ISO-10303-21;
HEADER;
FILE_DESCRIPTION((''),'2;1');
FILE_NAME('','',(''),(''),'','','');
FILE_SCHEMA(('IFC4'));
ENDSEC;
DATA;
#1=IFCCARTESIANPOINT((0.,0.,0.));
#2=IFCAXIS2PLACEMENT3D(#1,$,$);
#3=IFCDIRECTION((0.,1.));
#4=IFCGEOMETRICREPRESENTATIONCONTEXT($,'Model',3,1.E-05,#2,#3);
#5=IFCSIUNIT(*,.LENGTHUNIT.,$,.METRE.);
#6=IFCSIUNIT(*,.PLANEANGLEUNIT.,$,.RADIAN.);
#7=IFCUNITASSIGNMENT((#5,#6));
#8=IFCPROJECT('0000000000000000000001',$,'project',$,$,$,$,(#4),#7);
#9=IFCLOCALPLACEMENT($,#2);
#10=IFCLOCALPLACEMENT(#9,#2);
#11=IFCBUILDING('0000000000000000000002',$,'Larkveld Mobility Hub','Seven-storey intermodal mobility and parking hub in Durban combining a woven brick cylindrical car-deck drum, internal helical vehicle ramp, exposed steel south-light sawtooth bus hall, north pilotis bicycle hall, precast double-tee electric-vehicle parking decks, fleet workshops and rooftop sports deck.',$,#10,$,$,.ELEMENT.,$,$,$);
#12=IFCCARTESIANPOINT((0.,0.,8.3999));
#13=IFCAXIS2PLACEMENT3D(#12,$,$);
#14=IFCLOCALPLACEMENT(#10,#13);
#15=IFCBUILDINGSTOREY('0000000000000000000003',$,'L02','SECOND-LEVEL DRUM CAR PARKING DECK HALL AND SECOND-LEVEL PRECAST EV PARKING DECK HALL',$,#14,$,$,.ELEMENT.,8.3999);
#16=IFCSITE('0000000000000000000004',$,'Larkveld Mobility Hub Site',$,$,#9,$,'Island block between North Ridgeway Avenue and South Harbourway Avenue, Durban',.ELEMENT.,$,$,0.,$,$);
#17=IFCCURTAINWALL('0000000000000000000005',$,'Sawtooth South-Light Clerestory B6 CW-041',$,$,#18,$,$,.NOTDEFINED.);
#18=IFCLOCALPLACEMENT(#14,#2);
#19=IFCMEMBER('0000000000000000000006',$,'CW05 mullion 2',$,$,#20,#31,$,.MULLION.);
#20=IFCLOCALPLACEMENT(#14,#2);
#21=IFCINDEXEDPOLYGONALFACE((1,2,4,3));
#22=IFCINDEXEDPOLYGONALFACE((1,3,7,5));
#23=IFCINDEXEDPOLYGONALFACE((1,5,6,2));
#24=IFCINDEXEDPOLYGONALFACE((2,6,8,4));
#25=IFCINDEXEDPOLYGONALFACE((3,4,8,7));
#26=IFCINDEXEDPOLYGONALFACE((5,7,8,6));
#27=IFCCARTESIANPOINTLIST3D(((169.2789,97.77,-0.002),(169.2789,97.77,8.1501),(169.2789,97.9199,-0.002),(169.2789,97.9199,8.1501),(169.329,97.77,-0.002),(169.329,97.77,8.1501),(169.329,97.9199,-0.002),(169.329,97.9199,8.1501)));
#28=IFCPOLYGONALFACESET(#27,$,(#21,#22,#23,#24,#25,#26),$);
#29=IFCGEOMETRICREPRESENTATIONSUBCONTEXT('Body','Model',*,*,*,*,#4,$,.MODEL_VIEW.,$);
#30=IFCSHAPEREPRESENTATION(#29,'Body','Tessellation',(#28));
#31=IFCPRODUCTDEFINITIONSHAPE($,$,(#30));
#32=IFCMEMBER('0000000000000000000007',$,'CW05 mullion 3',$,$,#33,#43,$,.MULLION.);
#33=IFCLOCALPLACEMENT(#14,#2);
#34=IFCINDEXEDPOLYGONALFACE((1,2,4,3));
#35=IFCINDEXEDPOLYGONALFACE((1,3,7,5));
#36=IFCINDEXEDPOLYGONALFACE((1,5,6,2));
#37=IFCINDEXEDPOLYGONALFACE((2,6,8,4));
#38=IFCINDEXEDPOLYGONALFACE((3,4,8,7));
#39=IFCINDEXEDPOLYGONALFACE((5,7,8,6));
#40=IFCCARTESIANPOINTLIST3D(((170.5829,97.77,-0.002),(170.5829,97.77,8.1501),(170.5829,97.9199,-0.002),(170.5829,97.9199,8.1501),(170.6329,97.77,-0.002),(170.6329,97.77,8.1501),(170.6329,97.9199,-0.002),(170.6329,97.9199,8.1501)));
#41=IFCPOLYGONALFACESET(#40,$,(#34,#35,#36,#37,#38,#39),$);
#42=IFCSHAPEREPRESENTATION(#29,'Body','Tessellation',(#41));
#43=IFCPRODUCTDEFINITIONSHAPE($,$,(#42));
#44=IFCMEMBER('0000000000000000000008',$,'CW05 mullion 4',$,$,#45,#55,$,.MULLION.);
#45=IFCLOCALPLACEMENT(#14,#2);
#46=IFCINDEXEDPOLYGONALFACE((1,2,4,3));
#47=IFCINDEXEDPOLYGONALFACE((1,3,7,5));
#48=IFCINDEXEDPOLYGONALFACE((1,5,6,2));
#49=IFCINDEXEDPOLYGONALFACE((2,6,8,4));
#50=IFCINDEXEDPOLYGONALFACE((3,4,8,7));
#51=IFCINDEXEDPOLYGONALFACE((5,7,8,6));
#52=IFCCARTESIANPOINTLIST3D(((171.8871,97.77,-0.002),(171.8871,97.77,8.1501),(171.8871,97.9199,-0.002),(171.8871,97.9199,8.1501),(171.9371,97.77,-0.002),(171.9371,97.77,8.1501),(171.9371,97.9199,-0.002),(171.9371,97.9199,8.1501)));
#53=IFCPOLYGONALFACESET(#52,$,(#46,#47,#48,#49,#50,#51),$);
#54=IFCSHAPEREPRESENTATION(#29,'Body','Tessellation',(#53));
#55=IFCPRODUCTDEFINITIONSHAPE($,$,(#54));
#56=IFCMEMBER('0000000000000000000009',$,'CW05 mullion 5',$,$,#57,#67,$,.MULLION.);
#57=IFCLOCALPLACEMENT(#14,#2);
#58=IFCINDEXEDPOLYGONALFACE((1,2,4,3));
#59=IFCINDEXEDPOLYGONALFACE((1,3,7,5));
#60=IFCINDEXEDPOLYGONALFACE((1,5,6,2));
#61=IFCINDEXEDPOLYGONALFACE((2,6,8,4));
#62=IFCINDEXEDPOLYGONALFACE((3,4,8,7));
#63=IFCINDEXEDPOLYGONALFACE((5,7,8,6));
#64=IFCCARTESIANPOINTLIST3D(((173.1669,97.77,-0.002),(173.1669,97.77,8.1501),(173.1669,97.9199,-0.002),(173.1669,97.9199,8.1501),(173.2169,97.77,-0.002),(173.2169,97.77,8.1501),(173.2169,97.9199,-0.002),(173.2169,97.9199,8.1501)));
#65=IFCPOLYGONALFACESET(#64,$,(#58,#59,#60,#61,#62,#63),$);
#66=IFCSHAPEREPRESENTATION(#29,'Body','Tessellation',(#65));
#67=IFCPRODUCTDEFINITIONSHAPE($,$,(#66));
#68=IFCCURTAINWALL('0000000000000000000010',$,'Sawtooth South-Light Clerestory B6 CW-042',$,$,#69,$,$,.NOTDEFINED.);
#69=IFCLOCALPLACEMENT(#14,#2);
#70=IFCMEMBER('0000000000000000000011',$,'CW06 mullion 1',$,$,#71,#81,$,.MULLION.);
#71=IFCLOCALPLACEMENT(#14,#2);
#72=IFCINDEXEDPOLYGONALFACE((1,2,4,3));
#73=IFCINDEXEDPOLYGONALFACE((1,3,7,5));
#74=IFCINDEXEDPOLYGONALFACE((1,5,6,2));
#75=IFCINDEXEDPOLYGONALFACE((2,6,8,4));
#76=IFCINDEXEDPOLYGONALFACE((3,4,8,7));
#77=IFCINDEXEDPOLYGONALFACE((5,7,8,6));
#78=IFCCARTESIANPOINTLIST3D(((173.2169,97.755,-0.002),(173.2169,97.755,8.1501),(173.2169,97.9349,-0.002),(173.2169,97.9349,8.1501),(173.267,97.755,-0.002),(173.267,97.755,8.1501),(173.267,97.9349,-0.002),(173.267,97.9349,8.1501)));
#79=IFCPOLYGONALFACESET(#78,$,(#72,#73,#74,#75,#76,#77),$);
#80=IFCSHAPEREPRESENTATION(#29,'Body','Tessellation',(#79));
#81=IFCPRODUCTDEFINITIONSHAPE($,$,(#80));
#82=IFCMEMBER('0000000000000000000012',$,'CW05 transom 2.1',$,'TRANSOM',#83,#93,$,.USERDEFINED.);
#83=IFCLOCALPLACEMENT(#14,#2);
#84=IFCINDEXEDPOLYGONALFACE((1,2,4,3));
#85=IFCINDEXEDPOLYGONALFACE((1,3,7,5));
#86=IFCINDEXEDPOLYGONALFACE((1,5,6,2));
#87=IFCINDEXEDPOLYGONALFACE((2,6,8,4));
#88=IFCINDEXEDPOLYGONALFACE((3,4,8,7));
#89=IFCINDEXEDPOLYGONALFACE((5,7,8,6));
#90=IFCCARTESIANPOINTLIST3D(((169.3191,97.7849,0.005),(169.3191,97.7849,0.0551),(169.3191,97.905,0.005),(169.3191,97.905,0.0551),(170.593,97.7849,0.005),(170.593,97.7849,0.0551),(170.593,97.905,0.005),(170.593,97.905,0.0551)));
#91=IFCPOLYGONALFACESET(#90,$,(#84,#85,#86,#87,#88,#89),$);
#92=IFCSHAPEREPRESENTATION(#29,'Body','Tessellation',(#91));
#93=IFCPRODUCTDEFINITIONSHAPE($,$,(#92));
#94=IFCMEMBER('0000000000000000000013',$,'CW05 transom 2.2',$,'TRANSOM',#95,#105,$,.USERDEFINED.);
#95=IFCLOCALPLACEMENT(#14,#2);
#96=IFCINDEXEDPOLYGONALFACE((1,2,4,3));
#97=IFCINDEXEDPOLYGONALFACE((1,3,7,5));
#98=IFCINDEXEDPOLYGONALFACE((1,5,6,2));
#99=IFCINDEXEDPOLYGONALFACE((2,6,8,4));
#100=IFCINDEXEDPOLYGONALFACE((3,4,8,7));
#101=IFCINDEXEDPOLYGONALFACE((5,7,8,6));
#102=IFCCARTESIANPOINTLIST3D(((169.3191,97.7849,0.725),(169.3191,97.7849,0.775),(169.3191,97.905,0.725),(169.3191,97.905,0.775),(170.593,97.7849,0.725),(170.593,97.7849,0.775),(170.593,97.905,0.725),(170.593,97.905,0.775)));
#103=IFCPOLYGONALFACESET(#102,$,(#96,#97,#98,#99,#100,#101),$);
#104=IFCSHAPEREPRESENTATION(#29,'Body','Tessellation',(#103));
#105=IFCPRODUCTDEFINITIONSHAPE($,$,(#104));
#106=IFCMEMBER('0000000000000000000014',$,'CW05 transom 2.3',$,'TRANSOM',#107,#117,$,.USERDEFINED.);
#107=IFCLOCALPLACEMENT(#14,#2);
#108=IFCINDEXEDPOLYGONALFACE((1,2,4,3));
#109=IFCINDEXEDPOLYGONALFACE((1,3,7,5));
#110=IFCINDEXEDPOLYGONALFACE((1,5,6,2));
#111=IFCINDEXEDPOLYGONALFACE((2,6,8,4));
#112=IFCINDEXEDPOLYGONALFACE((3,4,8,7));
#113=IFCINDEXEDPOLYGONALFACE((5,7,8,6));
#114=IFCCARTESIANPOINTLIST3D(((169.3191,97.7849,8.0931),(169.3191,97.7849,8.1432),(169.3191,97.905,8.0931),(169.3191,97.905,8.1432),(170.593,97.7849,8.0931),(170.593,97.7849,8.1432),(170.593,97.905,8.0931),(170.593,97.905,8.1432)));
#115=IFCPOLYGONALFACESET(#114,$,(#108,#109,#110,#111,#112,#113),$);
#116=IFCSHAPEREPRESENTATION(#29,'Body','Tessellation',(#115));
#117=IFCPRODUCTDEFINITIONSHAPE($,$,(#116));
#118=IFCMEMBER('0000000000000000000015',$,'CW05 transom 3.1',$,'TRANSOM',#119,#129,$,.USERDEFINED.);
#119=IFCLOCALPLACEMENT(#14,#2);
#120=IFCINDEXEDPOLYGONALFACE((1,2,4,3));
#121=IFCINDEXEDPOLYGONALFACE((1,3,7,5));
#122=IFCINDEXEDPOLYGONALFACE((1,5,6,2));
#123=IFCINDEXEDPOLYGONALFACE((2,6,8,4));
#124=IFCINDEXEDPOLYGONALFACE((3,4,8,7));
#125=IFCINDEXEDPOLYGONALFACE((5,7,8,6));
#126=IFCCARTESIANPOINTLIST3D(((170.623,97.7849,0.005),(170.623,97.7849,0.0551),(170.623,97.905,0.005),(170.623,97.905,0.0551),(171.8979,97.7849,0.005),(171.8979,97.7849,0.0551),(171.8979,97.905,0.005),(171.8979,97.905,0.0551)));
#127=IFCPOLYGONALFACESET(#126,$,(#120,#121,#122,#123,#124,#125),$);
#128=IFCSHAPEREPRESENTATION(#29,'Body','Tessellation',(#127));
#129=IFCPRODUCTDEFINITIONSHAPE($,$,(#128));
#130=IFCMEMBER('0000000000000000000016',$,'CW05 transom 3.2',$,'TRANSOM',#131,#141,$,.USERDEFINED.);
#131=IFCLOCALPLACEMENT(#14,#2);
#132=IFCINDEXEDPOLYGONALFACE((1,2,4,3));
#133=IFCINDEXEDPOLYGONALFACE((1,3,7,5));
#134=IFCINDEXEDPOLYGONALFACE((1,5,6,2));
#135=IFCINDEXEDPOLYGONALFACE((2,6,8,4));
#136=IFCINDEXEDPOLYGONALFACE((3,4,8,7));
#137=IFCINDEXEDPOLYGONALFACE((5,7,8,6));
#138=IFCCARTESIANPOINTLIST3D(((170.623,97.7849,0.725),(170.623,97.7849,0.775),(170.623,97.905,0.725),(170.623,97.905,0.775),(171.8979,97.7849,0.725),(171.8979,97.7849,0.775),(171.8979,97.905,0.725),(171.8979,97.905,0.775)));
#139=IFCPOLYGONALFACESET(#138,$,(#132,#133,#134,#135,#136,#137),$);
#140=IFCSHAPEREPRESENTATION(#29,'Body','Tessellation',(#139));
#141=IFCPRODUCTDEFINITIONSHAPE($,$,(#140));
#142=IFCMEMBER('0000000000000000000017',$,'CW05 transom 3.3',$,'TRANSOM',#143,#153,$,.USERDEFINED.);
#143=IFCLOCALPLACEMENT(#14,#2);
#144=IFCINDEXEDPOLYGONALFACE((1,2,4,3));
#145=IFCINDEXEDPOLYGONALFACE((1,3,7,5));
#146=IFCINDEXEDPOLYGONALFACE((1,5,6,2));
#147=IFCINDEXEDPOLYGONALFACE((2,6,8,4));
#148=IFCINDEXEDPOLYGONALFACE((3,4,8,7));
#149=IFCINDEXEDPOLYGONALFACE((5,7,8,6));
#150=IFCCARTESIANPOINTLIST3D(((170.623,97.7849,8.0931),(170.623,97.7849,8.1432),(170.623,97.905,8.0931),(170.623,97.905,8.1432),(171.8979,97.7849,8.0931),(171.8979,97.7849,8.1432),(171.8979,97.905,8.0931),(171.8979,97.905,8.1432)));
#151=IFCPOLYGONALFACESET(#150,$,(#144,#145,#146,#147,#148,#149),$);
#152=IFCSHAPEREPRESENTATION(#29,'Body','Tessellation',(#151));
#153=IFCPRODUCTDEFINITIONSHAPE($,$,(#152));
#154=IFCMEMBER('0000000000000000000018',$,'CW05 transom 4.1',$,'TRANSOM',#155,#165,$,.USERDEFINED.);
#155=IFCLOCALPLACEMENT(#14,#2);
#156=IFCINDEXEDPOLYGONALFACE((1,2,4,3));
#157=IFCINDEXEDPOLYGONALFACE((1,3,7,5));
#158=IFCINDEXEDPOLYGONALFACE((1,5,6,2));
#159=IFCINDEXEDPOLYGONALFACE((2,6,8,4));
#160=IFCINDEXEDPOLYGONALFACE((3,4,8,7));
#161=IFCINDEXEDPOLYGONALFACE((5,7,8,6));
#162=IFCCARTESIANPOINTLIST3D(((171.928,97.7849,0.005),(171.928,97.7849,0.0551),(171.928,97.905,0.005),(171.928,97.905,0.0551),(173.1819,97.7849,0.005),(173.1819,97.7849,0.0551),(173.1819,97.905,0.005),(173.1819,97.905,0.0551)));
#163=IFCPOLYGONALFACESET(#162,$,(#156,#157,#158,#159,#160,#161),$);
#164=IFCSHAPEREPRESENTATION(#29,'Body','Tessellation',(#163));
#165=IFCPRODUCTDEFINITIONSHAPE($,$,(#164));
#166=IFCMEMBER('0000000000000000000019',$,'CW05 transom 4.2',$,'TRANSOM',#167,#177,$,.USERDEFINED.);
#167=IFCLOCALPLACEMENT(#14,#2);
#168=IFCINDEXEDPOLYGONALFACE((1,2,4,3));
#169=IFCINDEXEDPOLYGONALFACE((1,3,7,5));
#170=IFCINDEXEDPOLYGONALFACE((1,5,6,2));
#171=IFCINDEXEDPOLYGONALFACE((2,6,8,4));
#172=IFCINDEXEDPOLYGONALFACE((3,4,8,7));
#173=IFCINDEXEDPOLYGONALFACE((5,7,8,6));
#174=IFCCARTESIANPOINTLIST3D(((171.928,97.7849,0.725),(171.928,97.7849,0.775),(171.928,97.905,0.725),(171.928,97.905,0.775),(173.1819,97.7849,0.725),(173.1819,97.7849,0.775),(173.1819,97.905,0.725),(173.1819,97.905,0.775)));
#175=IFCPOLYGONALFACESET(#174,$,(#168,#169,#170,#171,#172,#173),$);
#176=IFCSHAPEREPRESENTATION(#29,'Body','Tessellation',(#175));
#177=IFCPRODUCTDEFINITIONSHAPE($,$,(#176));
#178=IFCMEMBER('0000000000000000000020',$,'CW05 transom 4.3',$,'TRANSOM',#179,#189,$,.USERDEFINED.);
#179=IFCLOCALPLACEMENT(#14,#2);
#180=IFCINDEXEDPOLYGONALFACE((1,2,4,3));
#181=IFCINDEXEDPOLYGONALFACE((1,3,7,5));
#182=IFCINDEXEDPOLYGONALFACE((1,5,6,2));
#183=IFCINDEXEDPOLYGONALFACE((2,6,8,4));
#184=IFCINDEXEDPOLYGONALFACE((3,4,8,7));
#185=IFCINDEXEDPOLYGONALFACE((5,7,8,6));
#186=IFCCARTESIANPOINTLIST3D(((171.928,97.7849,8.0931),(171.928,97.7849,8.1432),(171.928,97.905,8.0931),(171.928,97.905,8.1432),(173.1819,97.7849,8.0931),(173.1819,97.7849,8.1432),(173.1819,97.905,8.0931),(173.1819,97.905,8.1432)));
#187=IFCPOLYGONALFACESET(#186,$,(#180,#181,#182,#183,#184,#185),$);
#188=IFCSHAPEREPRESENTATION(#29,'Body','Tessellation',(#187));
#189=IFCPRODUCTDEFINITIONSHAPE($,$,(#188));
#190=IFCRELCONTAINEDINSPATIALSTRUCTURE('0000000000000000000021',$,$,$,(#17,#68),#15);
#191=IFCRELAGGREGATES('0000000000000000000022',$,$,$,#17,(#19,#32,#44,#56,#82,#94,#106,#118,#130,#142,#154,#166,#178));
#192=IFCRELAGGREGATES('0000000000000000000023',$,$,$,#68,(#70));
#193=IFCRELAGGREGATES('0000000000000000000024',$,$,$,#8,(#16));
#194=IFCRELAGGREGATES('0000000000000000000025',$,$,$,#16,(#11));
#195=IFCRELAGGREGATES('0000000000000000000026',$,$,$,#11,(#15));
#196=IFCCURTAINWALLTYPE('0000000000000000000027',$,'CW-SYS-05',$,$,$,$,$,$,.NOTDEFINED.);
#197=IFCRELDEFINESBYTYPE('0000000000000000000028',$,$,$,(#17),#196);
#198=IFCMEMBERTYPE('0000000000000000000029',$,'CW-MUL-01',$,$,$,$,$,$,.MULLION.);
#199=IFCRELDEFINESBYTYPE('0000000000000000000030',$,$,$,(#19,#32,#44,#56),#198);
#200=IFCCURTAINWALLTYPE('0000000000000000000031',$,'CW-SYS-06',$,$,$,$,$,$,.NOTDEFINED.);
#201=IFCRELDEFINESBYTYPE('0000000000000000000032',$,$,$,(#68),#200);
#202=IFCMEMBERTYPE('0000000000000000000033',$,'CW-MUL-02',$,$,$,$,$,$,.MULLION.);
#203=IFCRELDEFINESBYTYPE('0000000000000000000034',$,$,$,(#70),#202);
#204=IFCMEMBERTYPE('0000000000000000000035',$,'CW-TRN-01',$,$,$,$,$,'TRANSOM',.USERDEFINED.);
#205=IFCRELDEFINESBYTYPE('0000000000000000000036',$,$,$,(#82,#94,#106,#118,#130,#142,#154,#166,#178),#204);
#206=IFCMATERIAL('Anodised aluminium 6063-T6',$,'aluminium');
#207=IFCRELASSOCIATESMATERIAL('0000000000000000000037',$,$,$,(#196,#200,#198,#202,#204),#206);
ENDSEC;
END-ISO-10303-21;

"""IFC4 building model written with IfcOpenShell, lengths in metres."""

from ifc_helpers import new_model, si_unit, direction, frame, origin, origin_2d, place, context, subcontext, project, spatial, rectangle, extrude, material, material_profile, profile_set, type_object, element, aggregate, save


model = new_model("IFC4")

# Units and contexts
model_context = context("Model", 3, precision=1e-05, world=origin(), true_north=direction((0.0, 1.0)))
body_context = subcontext(model_context, "Body", "Model", "MODEL_VIEW")
ifc_project = project(units=[si_unit("LENGTHUNIT", "METRE"), si_unit("PLANEANGLEUNIT", "RADIAN")], contexts=[model_context])

# Site, building, storey
site_placement = place(None, origin())
site = spatial("IfcSite", under=ifc_project, at=site_placement, Name="Larkveld Mobility Hub Site", LongName="Island block between North Ridgeway Avenue and South Harbourway Avenue, Durban", CompositionType="ELEMENT", RefElevation=0.0)
building_placement = place(site_placement, origin())
building = spatial("IfcBuilding", under=site, at=building_placement, Name="Larkveld Mobility Hub", Description="Seven-storey intermodal mobility and parking hub in Durban combining a woven brick cylindrical car-deck drum, internal helical vehicle ramp, exposed steel south-light sawtooth bus hall, north pilotis bicycle hall, precast double-tee electric-vehicle parking decks, fleet workshops and rooftop sports deck.", CompositionType="ELEMENT")
storey_placement = place(building_placement, frame((0.0, 0.0, 8.3999)))
storey = spatial("IfcBuildingStorey", under=building, at=storey_placement, Name="L02", Description="SECOND-LEVEL DRUM CAR PARKING DECK HALL AND SECOND-LEVEL PRECAST EV PARKING DECK HALL", CompositionType="ELEMENT", Elevation=8.3999)

# Curtain wall, members
ifc_material_1 = material(Name="Anodised aluminium 6063-T6", Category="aluminium")
curtain_wall_type_1 = type_object("IfcCurtainWallType", Name="CW-SYS-05", PredefinedType="NOTDEFINED", material=ifc_material_1)
curtain_wall_1_placement = place(storey_placement, origin())
curtain_wall_1 = element("IfcCurtainWall", 1, at=curtain_wall_1_placement, inside=storey, type_object=curtain_wall_type_1, Name="Sawtooth South-Light Clerestory B6 CW-041", PredefinedType="NOTDEFINED")
ifc_material_profile_1 = material_profile(ifc_material_1, rectangle(XDim=0.05, YDim=0.1499, at=origin_2d()), Name="ALU MULL 50x150")
ifc_profile_set_1 = profile_set([ifc_material_profile_1], Name="Anodised aluminium 6063-T6")
member_type_1 = type_object("IfcMemberType", Name="CW-MUL-01", PredefinedType="MULLION", material=ifc_profile_set_1)
member_1_placement = place(storey_placement, frame((169.304, 97.845, -0.002), z_axis=(0.0, 0.0, 1.0), x_axis=(1.0, 0.0, 0.0)))
member_1 = element("IfcMember", 2, at=member_1_placement, type_object=member_type_1, Name="CW05 mullion 2", PredefinedType="MULLION", context=body_context, shape_type="SweptSolid", body=[
    extrude(rectangle(XDim=0.05, YDim=0.1499, at=origin_2d()), origin(), (0.0, 0.0, 1.0), 8.1521),
])
member_2_placement = place(storey_placement, frame((170.6079, 97.845, -0.002), z_axis=(0.0, 0.0, 1.0), x_axis=(1.0, 0.0, 0.0)))
member_2 = element("IfcMember", 3, at=member_2_placement, type_object=member_type_1, Name="CW05 mullion 3", PredefinedType="MULLION", context=body_context, shape_type="SweptSolid", body=[
    extrude(rectangle(XDim=0.05, YDim=0.1499, at=origin_2d()), origin(), (0.0, 0.0, 1.0), 8.1521),
])
member_3_placement = place(storey_placement, frame((171.9121, 97.845, -0.002), z_axis=(0.0, 0.0, 1.0), x_axis=(1.0, 0.0, 0.0)))
member_3 = element("IfcMember", 4, at=member_3_placement, type_object=member_type_1, Name="CW05 mullion 4", PredefinedType="MULLION", context=body_context, shape_type="SweptSolid", body=[
    extrude(rectangle(XDim=0.05, YDim=0.1499, at=origin_2d()), origin(), (0.0, 0.0, 1.0), 8.1521),
])
member_4_placement = place(storey_placement, frame((173.1919, 97.845, -0.002), z_axis=(0.0, 0.0, 1.0), x_axis=(1.0, 0.0, 0.0)))
member_4 = element("IfcMember", 5, at=member_4_placement, type_object=member_type_1, Name="CW05 mullion 5", PredefinedType="MULLION", context=body_context, shape_type="SweptSolid", body=[
    extrude(rectangle(XDim=0.05, YDim=0.1499, at=origin_2d()), origin(), (0.0, 0.0, 1.0), 8.1521),
])

# Curtain wall, member
curtain_wall_type_2 = type_object("IfcCurtainWallType", Name="CW-SYS-06", PredefinedType="NOTDEFINED", material=ifc_material_1)
curtain_wall_2_placement = place(storey_placement, origin())
curtain_wall_2 = element("IfcCurtainWall", 6, at=curtain_wall_2_placement, inside=storey, type_object=curtain_wall_type_2, Name="Sawtooth South-Light Clerestory B6 CW-042", PredefinedType="NOTDEFINED")
ifc_material_profile_2 = material_profile(ifc_material_1, rectangle(XDim=0.05, YDim=0.1799, at=origin_2d()), Name="ALU MULL 50x180")
ifc_profile_set_2 = profile_set([ifc_material_profile_2], Name="Anodised aluminium 6063-T6")
member_type_2 = type_object("IfcMemberType", Name="CW-MUL-02", PredefinedType="MULLION", material=ifc_profile_set_2)
member_5_placement = place(storey_placement, frame((173.2419, 97.845, -0.002), z_axis=(0.0, 0.0, 1.0), x_axis=(1.0, 0.0, 0.0)))
member_5 = element("IfcMember", 7, at=member_5_placement, type_object=member_type_2, Name="CW06 mullion 1", PredefinedType="MULLION", context=body_context, shape_type="SweptSolid", body=[
    extrude(rectangle(XDim=0.05, YDim=0.1799, at=origin_2d()), origin(), (0.0, 0.0, 1.0), 8.1521),
])

# Members
ifc_material_profile_3 = material_profile(ifc_material_1, rectangle(XDim=0.1201, YDim=0.05, at=origin_2d()), Name="ALU TRAN 50x120")
ifc_profile_set_3 = profile_set([ifc_material_profile_3], Name="Anodised aluminium 6063-T6")
member_type_3 = type_object("IfcMemberType", Name="CW-TRN-01", ElementType="TRANSOM", PredefinedType="USERDEFINED", material=ifc_profile_set_3)
member_6_placement = place(storey_placement, frame((169.3191, 97.845, 0.03), z_axis=(1.0, 0.0, 0.0), x_axis=(0.0, 1.0, 0.0)))
member_6 = element("IfcMember", 8, at=member_6_placement, type_object=member_type_3, Name="CW05 transom 2.1", ObjectType="TRANSOM", PredefinedType="USERDEFINED", context=body_context, shape_type="SweptSolid", body=[
    extrude(rectangle(XDim=0.1201, YDim=0.05, at=origin_2d()), origin(), (0.0, 0.0, 1.0), 1.2739),
])
member_7_placement = place(storey_placement, frame((169.3191, 97.845, 0.75), z_axis=(1.0, 0.0, 0.0), x_axis=(0.0, 1.0, 0.0)))
member_7 = element("IfcMember", 9, at=member_7_placement, type_object=member_type_3, Name="CW05 transom 2.2", ObjectType="TRANSOM", PredefinedType="USERDEFINED", context=body_context, shape_type="SweptSolid", body=[
    extrude(rectangle(XDim=0.1201, YDim=0.05, at=origin_2d()), origin(), (0.0, 0.0, 1.0), 1.2739),
])
member_8_placement = place(storey_placement, frame((169.3191, 97.845, 8.1182), z_axis=(1.0, 0.0, 0.0), x_axis=(0.0, 1.0, 0.0)))
member_8 = element("IfcMember", 10, at=member_8_placement, type_object=member_type_3, Name="CW05 transom 2.3", ObjectType="TRANSOM", PredefinedType="USERDEFINED", context=body_context, shape_type="SweptSolid", body=[
    extrude(rectangle(XDim=0.1201, YDim=0.05, at=origin_2d()), origin(), (0.0, 0.0, 1.0), 1.2739),
])
member_9_placement = place(storey_placement, frame((170.623, 97.845, 0.03), z_axis=(1.0, 0.0, 0.0), x_axis=(0.0, 1.0, 0.0)))
member_9 = element("IfcMember", 11, at=member_9_placement, type_object=member_type_3, Name="CW05 transom 3.1", ObjectType="TRANSOM", PredefinedType="USERDEFINED", context=body_context, shape_type="SweptSolid", body=[
    extrude(rectangle(XDim=0.1201, YDim=0.05, at=origin_2d()), origin(), (0.0, 0.0, 1.0), 1.2749),
])
member_10_placement = place(storey_placement, frame((170.623, 97.845, 0.75), z_axis=(1.0, 0.0, 0.0), x_axis=(0.0, 1.0, 0.0)))
member_10 = element("IfcMember", 12, at=member_10_placement, type_object=member_type_3, Name="CW05 transom 3.2", ObjectType="TRANSOM", PredefinedType="USERDEFINED", context=body_context, shape_type="SweptSolid", body=[
    extrude(rectangle(XDim=0.1201, YDim=0.05, at=origin_2d()), origin(), (0.0, 0.0, 1.0), 1.2749),
])
member_11_placement = place(storey_placement, frame((170.623, 97.845, 8.1182), z_axis=(1.0, 0.0, 0.0), x_axis=(0.0, 1.0, 0.0)))
member_11 = element("IfcMember", 13, at=member_11_placement, type_object=member_type_3, Name="CW05 transom 3.3", ObjectType="TRANSOM", PredefinedType="USERDEFINED", context=body_context, shape_type="SweptSolid", body=[
    extrude(rectangle(XDim=0.1201, YDim=0.05, at=origin_2d()), origin(), (0.0, 0.0, 1.0), 1.2749),
])
member_12_placement = place(storey_placement, frame((171.928, 97.845, 0.03), z_axis=(1.0, 0.0, 0.0), x_axis=(0.0, 1.0, 0.0)))
member_12 = element("IfcMember", 14, at=member_12_placement, type_object=member_type_3, Name="CW05 transom 4.1", ObjectType="TRANSOM", PredefinedType="USERDEFINED", context=body_context, shape_type="SweptSolid", body=[
    extrude(rectangle(XDim=0.1201, YDim=0.05, at=origin_2d()), origin(), (0.0, 0.0, 1.0), 1.2539),
])
member_13_placement = place(storey_placement, frame((171.928, 97.845, 0.75), z_axis=(1.0, 0.0, 0.0), x_axis=(0.0, 1.0, 0.0)))
member_13 = element("IfcMember", 15, at=member_13_placement, type_object=member_type_3, Name="CW05 transom 4.2", ObjectType="TRANSOM", PredefinedType="USERDEFINED", context=body_context, shape_type="SweptSolid", body=[
    extrude(rectangle(XDim=0.1201, YDim=0.05, at=origin_2d()), origin(), (0.0, 0.0, 1.0), 1.2539),
])
member_14_placement = place(storey_placement, frame((171.928, 97.845, 8.1182), z_axis=(1.0, 0.0, 0.0), x_axis=(0.0, 1.0, 0.0)))
member_14 = element("IfcMember", 16, at=member_14_placement, type_object=member_type_3, Name="CW05 transom 4.3", ObjectType="TRANSOM", PredefinedType="USERDEFINED", context=body_context, shape_type="SweptSolid", body=[
    extrude(rectangle(XDim=0.1201, YDim=0.05, at=origin_2d()), origin(), (0.0, 0.0, 1.0), 1.2539),
])

aggregate(curtain_wall_1, [member_1, member_2, member_3, member_4, member_6, member_7, member_8, member_9, member_10, member_11, member_12, member_13, member_14])
aggregate(curtain_wall_2, [member_5])

save(model, "model.ifc")
